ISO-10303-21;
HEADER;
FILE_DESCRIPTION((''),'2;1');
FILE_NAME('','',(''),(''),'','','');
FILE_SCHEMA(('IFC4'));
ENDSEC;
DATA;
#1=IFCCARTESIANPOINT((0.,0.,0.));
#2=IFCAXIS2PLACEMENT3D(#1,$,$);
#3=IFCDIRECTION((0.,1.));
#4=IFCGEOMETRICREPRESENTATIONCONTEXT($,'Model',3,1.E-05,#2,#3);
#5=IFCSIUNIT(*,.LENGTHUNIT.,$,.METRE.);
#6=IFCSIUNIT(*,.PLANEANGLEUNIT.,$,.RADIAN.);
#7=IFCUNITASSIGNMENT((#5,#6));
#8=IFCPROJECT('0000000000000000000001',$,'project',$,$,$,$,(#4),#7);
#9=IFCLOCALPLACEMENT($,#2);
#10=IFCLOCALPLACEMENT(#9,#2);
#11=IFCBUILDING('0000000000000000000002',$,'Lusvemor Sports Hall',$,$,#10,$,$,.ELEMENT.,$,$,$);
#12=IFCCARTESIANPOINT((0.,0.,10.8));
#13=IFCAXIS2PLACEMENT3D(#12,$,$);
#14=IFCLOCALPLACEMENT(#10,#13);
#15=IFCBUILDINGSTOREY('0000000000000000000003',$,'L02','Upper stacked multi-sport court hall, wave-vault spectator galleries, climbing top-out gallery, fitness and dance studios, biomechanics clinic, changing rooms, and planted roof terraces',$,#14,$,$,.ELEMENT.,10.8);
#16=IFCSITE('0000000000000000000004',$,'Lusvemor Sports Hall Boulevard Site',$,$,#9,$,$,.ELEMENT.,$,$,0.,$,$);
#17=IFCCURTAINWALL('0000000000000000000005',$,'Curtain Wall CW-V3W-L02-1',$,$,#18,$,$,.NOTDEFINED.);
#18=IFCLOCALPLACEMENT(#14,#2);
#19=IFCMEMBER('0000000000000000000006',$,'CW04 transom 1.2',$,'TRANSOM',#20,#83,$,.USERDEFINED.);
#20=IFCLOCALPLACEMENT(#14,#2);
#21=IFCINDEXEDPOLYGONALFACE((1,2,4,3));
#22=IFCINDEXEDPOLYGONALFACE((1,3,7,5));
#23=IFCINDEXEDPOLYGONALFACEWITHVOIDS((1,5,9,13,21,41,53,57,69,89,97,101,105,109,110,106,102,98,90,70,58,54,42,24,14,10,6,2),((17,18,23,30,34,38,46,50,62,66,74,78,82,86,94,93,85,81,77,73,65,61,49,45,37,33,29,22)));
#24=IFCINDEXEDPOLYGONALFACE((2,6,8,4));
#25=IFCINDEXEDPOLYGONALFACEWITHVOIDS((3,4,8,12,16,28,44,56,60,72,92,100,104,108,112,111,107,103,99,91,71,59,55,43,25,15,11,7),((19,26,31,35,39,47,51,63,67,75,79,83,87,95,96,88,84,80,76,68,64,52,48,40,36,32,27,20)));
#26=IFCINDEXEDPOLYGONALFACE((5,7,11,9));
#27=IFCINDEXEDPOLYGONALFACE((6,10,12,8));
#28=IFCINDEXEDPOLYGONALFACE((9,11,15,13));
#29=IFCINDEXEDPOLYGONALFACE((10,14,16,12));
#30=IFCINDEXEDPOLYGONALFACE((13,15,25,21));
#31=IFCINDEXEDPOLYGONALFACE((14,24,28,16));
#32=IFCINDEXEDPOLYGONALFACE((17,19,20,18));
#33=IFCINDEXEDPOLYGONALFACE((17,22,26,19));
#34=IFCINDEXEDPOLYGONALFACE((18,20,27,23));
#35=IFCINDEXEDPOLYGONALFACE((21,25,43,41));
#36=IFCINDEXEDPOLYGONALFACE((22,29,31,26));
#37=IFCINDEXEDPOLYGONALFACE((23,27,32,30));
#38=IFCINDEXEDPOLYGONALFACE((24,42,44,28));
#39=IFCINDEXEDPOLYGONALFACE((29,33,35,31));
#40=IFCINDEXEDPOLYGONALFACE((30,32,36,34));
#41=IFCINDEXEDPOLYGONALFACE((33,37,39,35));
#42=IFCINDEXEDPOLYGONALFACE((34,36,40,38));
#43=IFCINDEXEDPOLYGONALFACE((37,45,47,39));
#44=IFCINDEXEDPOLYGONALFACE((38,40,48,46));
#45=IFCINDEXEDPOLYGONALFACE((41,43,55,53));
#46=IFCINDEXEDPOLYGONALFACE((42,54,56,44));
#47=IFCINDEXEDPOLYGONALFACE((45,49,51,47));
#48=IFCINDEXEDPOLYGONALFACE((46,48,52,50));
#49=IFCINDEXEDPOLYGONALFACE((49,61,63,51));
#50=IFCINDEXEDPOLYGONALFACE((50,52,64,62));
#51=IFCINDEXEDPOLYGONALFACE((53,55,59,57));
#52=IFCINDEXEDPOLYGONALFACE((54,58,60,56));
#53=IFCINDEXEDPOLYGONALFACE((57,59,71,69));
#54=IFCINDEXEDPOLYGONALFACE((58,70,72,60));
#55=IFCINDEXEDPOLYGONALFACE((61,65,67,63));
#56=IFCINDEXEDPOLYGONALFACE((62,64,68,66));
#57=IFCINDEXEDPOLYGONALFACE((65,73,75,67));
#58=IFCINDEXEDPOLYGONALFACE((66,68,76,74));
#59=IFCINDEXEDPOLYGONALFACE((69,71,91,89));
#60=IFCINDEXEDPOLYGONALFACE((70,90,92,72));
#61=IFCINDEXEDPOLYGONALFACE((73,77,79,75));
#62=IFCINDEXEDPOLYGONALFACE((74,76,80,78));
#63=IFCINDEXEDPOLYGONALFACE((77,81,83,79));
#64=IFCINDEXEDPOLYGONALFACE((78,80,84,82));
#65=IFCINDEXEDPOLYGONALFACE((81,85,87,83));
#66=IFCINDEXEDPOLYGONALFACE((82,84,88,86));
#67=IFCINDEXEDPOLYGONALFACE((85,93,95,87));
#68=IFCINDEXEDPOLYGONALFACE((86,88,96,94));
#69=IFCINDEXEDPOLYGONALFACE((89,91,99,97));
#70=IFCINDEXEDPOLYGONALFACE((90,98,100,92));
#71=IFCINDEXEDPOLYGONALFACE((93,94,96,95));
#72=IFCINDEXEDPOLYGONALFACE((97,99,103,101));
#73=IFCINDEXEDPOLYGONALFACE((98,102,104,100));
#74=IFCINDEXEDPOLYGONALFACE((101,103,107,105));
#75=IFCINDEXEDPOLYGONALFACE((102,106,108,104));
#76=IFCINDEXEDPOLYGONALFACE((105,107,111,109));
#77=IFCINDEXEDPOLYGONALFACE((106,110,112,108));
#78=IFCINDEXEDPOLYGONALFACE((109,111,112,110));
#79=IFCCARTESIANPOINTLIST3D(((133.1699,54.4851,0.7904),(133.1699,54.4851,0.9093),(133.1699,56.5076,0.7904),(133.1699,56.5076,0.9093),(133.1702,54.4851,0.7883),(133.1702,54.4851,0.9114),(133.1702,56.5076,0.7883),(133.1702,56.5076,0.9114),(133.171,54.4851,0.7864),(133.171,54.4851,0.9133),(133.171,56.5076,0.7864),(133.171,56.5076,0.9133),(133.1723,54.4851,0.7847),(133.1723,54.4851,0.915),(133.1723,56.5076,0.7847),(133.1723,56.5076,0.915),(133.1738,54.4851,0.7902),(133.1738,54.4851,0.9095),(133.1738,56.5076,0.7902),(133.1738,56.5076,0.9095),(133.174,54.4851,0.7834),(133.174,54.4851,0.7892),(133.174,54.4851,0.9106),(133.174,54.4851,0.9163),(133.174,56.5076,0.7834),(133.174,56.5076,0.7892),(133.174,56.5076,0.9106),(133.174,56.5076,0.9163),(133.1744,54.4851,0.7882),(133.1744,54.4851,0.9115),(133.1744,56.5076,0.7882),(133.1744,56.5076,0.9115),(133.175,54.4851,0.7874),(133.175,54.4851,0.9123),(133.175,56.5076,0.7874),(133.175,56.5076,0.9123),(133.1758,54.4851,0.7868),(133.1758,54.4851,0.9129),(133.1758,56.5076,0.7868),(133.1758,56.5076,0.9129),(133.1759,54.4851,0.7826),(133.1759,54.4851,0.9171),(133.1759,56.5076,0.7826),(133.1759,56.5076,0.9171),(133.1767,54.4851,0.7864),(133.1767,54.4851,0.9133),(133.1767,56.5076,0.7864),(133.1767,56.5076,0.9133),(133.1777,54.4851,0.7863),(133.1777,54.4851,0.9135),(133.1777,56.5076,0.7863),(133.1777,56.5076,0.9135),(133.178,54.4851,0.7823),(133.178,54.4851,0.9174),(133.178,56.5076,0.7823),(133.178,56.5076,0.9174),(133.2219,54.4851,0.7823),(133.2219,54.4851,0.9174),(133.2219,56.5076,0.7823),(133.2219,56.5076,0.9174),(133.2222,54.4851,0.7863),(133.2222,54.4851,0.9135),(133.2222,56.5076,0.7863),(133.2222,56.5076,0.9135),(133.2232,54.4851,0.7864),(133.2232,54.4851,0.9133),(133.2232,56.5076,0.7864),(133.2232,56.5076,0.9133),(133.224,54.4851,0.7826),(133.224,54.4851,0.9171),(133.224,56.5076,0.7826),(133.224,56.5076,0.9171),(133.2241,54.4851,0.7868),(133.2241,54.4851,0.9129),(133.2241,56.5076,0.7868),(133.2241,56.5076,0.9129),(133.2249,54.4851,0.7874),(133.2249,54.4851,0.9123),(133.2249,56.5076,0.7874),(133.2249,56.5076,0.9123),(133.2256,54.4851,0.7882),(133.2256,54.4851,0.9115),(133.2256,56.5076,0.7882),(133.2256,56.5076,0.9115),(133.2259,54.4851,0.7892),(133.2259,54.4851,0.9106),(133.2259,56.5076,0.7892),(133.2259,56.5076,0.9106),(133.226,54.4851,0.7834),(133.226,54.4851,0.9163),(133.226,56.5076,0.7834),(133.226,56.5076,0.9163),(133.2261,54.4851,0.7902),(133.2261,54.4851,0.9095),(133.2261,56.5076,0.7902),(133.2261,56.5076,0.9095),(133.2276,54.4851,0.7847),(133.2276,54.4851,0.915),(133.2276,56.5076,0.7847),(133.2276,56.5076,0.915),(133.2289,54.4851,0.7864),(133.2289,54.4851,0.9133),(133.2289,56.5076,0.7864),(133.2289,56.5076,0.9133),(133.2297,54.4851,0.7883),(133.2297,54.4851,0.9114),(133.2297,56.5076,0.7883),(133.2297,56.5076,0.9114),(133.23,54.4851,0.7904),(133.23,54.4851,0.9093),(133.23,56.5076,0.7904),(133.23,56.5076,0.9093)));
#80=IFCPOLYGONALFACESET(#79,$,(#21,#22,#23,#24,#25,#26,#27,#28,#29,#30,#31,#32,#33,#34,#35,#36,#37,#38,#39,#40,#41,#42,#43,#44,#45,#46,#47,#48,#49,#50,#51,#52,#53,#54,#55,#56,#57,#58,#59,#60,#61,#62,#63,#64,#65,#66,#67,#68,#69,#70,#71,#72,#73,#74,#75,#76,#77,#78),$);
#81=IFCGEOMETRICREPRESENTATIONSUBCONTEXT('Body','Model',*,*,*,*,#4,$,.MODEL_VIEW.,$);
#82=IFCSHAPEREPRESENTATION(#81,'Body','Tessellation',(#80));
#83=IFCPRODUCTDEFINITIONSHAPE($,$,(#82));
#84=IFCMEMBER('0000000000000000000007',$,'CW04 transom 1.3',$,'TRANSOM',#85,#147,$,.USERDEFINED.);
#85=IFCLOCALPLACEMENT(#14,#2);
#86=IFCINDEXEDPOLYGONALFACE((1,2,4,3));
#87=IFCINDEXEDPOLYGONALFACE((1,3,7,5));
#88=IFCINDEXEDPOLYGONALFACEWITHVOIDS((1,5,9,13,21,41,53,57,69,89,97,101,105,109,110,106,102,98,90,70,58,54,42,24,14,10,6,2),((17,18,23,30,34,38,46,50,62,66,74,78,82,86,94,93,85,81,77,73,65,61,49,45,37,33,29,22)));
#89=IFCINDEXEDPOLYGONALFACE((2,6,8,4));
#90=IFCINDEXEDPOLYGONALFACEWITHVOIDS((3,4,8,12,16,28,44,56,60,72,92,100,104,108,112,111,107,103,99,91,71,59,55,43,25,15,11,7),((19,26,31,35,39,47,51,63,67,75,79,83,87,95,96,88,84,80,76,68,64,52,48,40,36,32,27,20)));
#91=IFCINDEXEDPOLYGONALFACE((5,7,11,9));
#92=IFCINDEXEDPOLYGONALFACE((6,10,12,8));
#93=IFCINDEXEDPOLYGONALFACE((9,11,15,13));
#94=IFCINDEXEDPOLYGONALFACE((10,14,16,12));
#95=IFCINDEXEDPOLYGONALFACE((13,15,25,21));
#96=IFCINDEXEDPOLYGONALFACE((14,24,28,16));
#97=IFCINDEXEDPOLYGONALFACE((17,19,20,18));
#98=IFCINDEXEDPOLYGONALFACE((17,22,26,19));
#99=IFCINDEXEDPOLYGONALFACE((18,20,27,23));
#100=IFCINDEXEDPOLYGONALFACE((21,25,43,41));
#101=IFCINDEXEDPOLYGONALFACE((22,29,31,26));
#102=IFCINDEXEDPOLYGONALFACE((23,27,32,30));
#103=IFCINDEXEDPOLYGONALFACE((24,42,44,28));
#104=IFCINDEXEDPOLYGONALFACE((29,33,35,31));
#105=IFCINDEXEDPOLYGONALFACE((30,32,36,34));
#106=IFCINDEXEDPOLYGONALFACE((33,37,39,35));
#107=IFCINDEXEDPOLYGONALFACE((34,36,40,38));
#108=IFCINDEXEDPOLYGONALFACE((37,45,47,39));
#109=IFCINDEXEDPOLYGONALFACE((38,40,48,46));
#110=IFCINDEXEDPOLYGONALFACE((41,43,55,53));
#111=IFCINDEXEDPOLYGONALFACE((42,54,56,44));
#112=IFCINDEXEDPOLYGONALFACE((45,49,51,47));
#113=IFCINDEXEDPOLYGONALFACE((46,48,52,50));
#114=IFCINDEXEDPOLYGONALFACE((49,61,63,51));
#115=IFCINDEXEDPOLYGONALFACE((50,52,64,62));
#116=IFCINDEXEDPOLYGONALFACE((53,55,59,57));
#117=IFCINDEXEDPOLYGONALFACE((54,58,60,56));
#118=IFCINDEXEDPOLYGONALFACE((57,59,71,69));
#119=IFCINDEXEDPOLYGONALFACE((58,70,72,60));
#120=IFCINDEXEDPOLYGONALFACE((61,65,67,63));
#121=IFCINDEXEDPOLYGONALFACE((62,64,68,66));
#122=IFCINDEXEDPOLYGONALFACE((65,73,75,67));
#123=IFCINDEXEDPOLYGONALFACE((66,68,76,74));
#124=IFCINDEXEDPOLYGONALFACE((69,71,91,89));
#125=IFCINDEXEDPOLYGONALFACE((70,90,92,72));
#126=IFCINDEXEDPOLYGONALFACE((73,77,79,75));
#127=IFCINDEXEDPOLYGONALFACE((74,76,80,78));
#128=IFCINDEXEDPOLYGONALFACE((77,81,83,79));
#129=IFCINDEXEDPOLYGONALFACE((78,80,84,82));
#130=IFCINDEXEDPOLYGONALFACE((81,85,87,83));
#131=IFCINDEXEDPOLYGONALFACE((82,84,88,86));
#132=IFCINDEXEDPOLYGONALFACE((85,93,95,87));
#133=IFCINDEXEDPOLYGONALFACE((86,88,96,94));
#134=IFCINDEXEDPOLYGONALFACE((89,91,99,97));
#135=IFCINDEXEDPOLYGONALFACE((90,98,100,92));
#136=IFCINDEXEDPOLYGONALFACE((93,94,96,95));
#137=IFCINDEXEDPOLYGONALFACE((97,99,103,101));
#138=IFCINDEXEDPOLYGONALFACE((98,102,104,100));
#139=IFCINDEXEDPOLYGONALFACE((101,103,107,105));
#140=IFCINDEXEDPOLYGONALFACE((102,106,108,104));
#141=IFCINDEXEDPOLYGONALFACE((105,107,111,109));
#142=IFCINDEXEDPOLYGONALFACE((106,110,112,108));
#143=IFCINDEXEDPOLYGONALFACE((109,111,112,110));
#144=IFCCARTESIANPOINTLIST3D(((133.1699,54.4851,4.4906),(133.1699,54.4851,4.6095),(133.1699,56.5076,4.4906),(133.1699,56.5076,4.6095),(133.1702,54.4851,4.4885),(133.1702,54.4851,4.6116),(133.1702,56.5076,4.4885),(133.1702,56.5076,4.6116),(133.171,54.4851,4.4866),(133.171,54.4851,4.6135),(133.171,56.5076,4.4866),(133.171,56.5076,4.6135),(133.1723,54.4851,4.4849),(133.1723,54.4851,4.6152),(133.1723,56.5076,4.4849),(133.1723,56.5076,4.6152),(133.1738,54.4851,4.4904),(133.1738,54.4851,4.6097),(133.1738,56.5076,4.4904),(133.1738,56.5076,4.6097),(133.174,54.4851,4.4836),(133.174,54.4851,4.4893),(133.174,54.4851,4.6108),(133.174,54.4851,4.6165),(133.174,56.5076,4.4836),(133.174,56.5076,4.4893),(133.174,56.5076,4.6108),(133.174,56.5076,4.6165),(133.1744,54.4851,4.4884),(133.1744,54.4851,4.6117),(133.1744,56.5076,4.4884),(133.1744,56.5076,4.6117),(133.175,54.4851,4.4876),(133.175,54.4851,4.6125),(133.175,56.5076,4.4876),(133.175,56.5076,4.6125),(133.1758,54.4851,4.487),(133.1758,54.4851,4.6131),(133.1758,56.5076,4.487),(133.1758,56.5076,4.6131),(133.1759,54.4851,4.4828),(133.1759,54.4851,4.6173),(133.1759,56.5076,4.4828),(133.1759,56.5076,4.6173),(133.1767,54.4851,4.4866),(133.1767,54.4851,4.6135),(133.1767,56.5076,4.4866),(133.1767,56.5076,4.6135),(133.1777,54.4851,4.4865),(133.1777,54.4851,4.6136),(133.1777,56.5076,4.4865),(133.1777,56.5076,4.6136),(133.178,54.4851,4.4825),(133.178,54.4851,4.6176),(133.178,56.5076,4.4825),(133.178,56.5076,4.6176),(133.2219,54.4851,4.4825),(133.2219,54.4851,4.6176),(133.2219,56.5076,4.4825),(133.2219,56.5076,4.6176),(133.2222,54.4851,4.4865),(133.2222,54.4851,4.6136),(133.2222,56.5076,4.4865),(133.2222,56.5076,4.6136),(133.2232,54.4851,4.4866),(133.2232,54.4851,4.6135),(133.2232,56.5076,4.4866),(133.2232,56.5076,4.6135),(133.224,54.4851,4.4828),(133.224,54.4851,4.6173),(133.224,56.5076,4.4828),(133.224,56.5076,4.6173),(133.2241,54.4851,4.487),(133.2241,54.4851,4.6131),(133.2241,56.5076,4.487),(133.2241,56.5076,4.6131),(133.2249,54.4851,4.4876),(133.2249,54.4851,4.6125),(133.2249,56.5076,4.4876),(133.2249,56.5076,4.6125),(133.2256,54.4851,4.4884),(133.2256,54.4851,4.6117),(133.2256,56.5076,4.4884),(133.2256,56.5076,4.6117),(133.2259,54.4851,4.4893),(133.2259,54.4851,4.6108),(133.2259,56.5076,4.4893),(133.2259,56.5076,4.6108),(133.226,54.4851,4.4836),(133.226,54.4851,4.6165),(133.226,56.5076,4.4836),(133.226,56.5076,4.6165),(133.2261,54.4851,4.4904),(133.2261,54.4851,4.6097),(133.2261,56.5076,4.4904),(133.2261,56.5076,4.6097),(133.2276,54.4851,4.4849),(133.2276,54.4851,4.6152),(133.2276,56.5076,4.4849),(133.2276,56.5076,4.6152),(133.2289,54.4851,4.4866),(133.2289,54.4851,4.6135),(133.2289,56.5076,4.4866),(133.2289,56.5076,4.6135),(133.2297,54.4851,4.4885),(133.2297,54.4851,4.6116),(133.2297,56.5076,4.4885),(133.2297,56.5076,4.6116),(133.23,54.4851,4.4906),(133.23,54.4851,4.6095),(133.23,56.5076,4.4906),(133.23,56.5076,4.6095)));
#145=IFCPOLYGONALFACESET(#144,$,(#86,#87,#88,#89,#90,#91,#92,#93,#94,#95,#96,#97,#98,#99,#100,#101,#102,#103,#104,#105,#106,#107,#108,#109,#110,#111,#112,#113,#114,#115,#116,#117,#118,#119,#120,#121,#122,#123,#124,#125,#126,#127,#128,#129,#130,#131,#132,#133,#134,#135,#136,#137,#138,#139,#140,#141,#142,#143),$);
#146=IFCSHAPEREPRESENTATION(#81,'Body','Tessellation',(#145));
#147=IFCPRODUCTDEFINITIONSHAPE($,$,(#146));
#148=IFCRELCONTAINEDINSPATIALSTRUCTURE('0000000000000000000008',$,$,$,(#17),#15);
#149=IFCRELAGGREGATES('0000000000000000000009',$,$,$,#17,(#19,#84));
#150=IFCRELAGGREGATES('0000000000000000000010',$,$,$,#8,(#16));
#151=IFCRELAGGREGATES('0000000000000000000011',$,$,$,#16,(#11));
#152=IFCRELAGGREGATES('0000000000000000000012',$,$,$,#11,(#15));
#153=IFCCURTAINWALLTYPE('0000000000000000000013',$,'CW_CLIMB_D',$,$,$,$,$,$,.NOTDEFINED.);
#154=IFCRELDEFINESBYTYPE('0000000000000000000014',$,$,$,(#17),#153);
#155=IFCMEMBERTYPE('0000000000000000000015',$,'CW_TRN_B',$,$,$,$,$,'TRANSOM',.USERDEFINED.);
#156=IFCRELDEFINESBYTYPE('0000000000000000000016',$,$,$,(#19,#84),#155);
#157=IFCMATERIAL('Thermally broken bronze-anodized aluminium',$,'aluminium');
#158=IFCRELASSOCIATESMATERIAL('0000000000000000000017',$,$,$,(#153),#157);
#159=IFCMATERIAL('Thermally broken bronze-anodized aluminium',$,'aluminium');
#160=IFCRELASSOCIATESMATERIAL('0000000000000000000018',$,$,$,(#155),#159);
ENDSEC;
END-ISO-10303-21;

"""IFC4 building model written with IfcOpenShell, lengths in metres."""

from ifc_helpers import new_model, si_unit, direction, frame, origin, origin_2d, place, context, subcontext, project, spatial, hollow_rectangle, extrude, material, material_profile, profile_set, type_object, element, aggregate, save


model = new_model("IFC4")

# Units and contexts
model_context = context("Model", 3, precision=1e-05, world=origin(), true_north=direction((0.0, 1.0)))
body_context = subcontext(model_context, "Body", "Model", "MODEL_VIEW")
ifc_project = project(units=[si_unit("LENGTHUNIT", "METRE"), si_unit("PLANEANGLEUNIT", "RADIAN")], contexts=[model_context])

# Site, building, storey
site_placement = place(None, origin())
site = spatial("IfcSite", under=ifc_project, at=site_placement, Name="Lusvemor Sports Hall Boulevard Site", CompositionType="ELEMENT", RefElevation=0.0)
building_placement = place(site_placement, origin())
building = spatial("IfcBuilding", under=site, at=building_placement, Name="Lusvemor Sports Hall", CompositionType="ELEMENT")
storey_placement = place(building_placement, frame((0.0, 0.0, 10.8)))
storey = spatial("IfcBuildingStorey", under=building, at=storey_placement, Name="L02", Description="Upper stacked multi-sport court hall, wave-vault spectator galleries, climbing top-out gallery, fitness and dance studios, biomechanics clinic, changing rooms, and planted roof terraces", CompositionType="ELEMENT", Elevation=10.8)

# Curtain wall, members
ifc_material_1 = material(Name="Thermally broken bronze-anodized aluminium", Category="aluminium")
curtain_wall_type = type_object("IfcCurtainWallType", Name="CW_CLIMB_D", PredefinedType="NOTDEFINED", material=ifc_material_1)
curtain_wall_placement = place(storey_placement, origin())
curtain_wall = element("IfcCurtainWall", 1, at=curtain_wall_placement, inside=storey, type_object=curtain_wall_type, Name="Curtain Wall CW-V3W-L02-1", PredefinedType="NOTDEFINED")
ifc_material_2 = material(Name="Thermally broken bronze-anodized aluminium", Category="aluminium")
ifc_material_profile_1 = material_profile(ifc_material_2, hollow_rectangle(XDim=0.0601, YDim=0.135, WallThickness=0.0039, InnerFilletRadius=0.0039, OuterFilletRadius=0.0081, at=origin_2d()), Name="CWTRN135x60x4")
ifc_profile_set_1 = profile_set([ifc_material_profile_1], Name="Thermally broken bronze-anodized aluminium")
member_type_1 = type_object("IfcMemberType", Name="CW_TRN_B", ElementType="TRANSOM", PredefinedType="USERDEFINED", material=ifc_profile_set_1)
member_1_placement = place(storey_placement, frame((133.2, 54.4851, 0.8499), z_axis=(0.0, 1.0, 0.0), x_axis=(-1.0, 0.0, 0.0)))
member_1 = element("IfcMember", 2, at=member_1_placement, type_object=member_type_1, Name="CW04 transom 1.2", ObjectType="TRANSOM", PredefinedType="USERDEFINED", context=body_context, shape_type="SweptSolid", body=[
    extrude(hollow_rectangle(XDim=0.0601, YDim=0.135, WallThickness=0.0039, InnerFilletRadius=0.0039, OuterFilletRadius=0.0081, at=origin_2d()), origin(), (0.0, 0.0, 1.0), 2.0225),
])
member_2_placement = place(storey_placement, frame((133.2, 54.4851, 4.55), z_axis=(0.0, 1.0, 0.0), x_axis=(-1.0, 0.0, 0.0)))
member_2 = element("IfcMember", 3, at=member_2_placement, type_object=member_type_1, Name="CW04 transom 1.3", ObjectType="TRANSOM", PredefinedType="USERDEFINED", context=body_context, shape_type="SweptSolid", body=[
    extrude(hollow_rectangle(XDim=0.0601, YDim=0.135, WallThickness=0.0039, InnerFilletRadius=0.0039, OuterFilletRadius=0.0081, at=origin_2d()), origin(), (0.0, 0.0, 1.0), 2.0225),
])
aggregate(curtain_wall, [member_1, member_2])

save(model, "model.ifc")
